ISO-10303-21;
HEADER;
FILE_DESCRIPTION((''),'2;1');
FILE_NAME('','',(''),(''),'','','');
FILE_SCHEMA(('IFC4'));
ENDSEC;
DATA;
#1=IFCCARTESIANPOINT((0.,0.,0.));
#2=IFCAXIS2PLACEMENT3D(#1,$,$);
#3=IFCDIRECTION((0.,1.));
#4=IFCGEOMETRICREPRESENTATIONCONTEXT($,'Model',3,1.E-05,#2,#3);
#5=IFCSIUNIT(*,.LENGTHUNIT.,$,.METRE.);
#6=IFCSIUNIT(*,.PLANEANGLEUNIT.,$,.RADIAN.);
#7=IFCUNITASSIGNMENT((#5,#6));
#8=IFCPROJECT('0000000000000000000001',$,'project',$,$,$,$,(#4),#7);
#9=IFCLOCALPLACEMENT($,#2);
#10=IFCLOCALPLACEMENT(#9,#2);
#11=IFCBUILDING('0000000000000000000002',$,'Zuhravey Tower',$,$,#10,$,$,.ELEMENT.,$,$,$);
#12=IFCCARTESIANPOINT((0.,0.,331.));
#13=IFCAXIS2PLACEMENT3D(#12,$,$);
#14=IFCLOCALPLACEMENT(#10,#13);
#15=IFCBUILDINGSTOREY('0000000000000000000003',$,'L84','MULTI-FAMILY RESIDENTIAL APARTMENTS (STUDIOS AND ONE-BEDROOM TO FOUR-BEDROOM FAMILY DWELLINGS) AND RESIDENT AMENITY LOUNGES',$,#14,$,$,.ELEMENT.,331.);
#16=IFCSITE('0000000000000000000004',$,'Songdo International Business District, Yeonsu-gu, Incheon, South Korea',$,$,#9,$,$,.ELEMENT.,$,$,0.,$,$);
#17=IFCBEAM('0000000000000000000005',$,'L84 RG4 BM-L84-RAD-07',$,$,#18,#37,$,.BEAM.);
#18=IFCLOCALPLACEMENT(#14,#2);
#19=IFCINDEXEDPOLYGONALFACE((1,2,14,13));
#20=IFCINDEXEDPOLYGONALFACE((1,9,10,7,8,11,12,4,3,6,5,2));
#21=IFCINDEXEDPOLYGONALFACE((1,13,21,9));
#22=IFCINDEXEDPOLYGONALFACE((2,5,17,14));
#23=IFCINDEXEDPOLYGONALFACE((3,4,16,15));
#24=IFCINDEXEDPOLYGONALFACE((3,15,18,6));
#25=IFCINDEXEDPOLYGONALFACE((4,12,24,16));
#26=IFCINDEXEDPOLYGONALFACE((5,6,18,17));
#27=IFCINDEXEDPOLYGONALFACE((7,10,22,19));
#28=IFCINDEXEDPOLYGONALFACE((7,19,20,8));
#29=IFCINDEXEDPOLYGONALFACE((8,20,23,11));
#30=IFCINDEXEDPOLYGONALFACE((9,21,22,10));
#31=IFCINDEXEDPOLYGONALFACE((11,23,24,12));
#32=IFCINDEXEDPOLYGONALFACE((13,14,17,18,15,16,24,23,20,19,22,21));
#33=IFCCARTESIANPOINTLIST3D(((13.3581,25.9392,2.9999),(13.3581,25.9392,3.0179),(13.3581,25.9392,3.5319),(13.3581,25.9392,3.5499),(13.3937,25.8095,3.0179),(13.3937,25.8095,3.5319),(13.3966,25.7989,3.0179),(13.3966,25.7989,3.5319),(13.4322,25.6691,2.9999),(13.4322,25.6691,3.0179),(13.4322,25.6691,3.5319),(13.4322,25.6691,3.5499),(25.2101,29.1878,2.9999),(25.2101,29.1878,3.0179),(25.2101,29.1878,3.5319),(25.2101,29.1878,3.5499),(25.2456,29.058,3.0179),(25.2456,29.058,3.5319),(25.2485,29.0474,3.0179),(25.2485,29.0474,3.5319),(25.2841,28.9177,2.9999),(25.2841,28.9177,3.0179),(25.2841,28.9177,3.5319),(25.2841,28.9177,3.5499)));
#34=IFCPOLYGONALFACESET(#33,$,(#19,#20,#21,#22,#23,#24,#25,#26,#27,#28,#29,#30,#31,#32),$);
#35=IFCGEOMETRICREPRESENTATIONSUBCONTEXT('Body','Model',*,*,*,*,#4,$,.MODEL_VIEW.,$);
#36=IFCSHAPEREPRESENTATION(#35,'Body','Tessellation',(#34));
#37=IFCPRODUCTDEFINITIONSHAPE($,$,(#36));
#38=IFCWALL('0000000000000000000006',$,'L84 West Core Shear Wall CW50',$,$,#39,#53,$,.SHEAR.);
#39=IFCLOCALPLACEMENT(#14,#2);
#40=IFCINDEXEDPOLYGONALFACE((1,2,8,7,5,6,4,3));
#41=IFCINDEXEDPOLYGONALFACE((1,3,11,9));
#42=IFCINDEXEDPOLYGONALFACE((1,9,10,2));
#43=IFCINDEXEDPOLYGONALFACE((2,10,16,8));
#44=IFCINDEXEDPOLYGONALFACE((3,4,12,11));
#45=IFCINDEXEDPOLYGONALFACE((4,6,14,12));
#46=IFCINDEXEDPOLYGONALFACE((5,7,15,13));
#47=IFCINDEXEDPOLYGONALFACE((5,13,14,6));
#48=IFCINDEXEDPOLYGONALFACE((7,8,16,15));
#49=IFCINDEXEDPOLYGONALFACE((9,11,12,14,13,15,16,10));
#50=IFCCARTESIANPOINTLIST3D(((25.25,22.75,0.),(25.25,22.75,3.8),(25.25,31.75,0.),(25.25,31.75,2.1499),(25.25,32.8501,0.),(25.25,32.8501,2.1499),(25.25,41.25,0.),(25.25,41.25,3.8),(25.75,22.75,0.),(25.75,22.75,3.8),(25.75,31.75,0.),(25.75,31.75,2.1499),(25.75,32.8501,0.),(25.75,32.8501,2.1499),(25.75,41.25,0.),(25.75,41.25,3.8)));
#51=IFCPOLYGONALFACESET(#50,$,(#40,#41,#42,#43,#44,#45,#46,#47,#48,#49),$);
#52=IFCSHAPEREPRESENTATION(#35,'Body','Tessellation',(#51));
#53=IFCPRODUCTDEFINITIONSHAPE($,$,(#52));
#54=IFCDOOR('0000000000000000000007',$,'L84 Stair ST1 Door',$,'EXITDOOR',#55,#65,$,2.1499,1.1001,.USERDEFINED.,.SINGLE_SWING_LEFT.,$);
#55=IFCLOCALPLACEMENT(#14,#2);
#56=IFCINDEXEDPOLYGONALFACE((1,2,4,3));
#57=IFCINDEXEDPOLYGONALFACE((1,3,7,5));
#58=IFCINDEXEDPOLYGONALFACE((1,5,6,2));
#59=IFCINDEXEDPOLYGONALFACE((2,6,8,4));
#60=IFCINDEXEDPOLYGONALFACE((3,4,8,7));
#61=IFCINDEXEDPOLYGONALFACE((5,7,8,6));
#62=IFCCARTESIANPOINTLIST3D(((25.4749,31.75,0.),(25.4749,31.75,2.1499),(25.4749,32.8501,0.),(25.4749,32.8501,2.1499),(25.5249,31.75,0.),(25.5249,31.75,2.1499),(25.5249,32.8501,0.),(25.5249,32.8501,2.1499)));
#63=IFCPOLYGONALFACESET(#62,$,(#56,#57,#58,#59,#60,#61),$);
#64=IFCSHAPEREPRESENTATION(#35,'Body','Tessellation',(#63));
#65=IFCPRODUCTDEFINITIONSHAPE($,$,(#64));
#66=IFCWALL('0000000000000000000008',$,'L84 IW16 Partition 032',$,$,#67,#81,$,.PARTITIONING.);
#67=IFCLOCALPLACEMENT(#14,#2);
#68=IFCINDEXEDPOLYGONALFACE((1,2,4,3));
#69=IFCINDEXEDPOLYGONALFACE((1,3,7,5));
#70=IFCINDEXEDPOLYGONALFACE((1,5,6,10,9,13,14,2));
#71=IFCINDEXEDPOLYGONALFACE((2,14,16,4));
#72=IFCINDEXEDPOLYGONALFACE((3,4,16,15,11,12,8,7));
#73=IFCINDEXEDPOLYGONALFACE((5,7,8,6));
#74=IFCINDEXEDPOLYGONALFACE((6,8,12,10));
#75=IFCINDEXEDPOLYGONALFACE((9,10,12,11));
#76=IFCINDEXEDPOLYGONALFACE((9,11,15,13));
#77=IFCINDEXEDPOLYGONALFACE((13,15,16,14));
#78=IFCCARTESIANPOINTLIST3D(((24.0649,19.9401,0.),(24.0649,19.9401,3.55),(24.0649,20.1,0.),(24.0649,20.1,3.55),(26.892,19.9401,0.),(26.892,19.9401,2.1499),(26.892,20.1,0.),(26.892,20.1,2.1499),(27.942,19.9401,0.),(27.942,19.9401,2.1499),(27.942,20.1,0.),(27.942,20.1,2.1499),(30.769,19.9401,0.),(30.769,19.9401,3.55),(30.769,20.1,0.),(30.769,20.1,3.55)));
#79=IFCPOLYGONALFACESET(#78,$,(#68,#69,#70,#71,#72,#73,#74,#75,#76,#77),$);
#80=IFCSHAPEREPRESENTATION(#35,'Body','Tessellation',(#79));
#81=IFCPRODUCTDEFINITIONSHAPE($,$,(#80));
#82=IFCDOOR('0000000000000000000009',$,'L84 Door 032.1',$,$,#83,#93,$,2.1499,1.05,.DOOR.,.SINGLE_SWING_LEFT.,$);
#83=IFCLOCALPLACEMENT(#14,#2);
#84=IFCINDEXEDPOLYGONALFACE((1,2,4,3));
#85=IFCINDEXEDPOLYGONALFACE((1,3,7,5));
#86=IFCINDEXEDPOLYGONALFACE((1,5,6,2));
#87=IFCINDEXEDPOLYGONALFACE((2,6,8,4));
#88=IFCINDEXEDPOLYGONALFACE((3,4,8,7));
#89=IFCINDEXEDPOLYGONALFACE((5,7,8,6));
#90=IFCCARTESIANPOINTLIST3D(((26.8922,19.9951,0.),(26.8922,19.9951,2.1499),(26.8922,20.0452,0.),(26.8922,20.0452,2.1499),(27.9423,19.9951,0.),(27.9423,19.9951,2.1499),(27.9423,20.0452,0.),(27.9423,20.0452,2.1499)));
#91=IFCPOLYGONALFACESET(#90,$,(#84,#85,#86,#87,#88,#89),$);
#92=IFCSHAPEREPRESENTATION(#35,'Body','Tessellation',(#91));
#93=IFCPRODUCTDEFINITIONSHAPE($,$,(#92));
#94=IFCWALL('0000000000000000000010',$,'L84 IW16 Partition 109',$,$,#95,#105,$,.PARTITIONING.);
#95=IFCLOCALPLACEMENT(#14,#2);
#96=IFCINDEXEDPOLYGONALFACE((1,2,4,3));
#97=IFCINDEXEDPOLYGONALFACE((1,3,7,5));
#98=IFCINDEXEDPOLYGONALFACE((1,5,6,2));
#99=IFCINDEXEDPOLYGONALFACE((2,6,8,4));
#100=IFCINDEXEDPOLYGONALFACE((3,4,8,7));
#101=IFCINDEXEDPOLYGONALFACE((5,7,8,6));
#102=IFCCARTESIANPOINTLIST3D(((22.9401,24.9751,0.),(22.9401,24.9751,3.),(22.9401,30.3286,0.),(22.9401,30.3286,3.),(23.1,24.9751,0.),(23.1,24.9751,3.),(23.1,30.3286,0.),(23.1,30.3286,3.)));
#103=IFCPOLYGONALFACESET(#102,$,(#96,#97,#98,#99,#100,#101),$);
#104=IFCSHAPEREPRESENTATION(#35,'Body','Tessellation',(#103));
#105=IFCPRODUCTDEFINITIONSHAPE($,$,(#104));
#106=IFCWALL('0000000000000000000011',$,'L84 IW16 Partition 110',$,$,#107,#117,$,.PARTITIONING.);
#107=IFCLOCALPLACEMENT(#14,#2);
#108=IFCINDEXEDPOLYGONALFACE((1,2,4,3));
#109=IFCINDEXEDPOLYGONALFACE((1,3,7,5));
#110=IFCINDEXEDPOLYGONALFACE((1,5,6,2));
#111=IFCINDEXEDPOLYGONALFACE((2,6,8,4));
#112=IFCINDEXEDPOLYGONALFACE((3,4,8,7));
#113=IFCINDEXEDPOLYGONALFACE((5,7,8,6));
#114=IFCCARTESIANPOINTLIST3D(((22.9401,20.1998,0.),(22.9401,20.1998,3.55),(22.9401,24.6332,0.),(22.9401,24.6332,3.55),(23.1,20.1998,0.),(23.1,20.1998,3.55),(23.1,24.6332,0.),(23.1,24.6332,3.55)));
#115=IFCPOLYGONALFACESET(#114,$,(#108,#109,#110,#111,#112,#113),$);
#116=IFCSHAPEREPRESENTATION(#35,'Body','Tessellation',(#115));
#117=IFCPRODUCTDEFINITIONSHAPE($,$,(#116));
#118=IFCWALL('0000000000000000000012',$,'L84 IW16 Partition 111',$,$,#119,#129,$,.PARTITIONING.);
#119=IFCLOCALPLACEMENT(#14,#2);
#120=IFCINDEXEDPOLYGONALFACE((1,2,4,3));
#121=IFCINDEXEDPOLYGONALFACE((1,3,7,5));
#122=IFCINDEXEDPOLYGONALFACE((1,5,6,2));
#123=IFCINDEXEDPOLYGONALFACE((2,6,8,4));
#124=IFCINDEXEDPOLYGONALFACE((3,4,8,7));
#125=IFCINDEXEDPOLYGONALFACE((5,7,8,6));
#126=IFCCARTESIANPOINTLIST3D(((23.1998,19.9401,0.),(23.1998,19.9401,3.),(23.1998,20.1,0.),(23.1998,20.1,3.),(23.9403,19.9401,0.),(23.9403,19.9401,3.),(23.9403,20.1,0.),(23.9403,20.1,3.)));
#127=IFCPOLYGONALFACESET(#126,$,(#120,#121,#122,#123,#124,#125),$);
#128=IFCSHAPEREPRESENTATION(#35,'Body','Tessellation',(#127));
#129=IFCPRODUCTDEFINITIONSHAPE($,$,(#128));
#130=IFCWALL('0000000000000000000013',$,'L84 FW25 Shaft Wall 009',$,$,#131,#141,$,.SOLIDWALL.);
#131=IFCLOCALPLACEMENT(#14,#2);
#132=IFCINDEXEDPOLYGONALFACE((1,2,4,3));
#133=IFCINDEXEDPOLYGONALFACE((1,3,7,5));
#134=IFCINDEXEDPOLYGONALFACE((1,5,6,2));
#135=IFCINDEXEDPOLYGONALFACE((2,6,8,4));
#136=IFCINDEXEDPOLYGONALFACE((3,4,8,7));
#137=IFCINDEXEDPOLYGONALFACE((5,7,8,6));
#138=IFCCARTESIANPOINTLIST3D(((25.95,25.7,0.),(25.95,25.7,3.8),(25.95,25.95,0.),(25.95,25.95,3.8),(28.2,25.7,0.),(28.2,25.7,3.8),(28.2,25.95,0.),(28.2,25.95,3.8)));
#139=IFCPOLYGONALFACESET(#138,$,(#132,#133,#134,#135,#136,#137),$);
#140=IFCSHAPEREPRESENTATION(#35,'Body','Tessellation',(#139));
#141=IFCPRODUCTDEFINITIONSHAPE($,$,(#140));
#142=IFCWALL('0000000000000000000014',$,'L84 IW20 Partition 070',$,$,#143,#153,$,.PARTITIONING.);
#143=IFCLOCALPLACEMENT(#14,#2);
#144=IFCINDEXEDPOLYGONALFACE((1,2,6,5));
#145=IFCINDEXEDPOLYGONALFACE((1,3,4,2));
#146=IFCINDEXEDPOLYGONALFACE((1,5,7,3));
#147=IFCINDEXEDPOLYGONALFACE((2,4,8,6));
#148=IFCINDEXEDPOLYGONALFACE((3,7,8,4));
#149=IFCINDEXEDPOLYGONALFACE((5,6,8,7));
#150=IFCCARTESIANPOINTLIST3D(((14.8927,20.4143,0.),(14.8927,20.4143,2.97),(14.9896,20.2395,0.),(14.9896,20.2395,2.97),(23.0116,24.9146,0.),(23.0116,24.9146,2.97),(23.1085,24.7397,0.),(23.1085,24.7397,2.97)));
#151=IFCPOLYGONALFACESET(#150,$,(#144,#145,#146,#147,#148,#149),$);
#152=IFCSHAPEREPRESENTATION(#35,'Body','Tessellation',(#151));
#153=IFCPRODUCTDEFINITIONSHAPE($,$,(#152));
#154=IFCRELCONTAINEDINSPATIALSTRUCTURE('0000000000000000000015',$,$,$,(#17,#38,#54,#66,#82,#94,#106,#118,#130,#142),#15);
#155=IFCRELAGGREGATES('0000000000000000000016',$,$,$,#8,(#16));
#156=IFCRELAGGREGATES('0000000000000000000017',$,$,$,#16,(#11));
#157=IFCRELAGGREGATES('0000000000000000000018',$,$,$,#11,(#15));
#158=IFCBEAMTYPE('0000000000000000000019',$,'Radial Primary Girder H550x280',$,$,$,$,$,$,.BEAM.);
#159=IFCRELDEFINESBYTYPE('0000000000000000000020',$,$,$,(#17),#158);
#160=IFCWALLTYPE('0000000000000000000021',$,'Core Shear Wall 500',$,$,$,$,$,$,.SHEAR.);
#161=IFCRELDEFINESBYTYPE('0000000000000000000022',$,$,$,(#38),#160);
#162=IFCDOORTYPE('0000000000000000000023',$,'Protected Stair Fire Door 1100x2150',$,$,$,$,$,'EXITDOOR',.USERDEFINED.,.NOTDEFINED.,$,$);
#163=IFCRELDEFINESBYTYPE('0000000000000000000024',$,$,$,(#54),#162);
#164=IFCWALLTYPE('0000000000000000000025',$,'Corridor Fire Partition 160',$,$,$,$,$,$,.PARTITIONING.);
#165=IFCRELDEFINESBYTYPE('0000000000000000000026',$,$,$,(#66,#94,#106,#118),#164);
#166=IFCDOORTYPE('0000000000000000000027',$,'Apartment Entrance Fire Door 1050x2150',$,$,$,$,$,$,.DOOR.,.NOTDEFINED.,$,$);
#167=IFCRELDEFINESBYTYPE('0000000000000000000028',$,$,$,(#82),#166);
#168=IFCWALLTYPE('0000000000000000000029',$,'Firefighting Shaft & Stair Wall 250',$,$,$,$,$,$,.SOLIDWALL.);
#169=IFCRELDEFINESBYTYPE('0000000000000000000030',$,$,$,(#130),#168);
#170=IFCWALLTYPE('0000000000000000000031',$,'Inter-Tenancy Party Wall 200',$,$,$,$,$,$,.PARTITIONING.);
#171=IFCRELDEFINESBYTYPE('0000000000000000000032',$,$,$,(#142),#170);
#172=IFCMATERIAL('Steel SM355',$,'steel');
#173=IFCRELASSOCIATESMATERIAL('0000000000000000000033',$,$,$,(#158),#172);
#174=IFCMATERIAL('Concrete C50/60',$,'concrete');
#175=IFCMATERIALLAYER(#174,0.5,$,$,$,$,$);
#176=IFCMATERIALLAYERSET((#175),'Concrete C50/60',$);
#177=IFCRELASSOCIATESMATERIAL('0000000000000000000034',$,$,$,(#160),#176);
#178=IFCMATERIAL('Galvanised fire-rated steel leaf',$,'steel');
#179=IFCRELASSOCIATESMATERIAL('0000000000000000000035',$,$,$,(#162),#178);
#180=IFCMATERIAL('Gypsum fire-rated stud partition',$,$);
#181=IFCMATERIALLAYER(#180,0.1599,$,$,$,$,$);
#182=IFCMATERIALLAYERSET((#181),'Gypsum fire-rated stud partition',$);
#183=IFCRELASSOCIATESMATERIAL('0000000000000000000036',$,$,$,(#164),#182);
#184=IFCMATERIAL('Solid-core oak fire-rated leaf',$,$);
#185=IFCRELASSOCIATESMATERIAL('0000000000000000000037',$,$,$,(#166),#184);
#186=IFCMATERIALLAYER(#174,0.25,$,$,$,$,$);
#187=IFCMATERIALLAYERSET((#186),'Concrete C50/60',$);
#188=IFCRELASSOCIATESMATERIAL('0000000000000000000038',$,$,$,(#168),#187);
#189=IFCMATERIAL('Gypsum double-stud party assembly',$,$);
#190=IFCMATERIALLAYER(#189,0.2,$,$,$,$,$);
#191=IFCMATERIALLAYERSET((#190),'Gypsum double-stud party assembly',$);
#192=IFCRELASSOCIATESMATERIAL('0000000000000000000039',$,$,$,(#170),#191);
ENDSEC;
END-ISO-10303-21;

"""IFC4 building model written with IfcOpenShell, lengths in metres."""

from ifc_helpers import new_model, si_unit, direction, frame, frame_2d, origin, origin_2d, place, context, subcontext, project, spatial, rectangle, i_section, extrude, material, layer, layer_set, material_profile, profile_set, type_object, element, fill, save


model = new_model("IFC4")

# Units and contexts
model_context = context("Model", 3, precision=1e-05, world=origin(), true_north=direction((0.0, 1.0)))
body_context = subcontext(model_context, "Body", "Model", "MODEL_VIEW")
ifc_project = project(units=[si_unit("LENGTHUNIT", "METRE"), si_unit("PLANEANGLEUNIT", "RADIAN")], contexts=[model_context])

# Site, building, storey
site_placement = place(None, origin())
site = spatial("IfcSite", under=ifc_project, at=site_placement, Name="Songdo International Business District, Yeonsu-gu, Incheon, South Korea", CompositionType="ELEMENT", RefElevation=0.0)
building_placement = place(site_placement, origin())
building = spatial("IfcBuilding", under=site, at=building_placement, Name="Zuhravey Tower", CompositionType="ELEMENT")
storey_placement = place(building_placement, frame((0.0, 0.0, 331.0)))
storey = spatial("IfcBuildingStorey", under=building, at=storey_placement, Name="L84", Description="MULTI-FAMILY RESIDENTIAL APARTMENTS (STUDIOS AND ONE-BEDROOM TO FOUR-BEDROOM FAMILY DWELLINGS) AND RESIDENT AMENITY LOUNGES", CompositionType="ELEMENT", Elevation=331.0)

# Beam
ifc_material_1 = material(Name="Steel SM355", Category="steel")
ifc_material_profile = material_profile(ifc_material_1, i_section(OverallWidth=0.28, OverallDepth=0.55, WebThickness=0.011, FlangeThickness=0.0181, at=origin_2d()), Name="H-550x280x11x18")
ifc_profile_set = profile_set([ifc_material_profile], Name="Steel SM355")
beam_type = type_object("IfcBeamType", Name="Radial Primary Girder H550x280", PredefinedType="BEAM", material=ifc_profile_set)
beam_placement = place(storey_placement, frame((25.2471, 29.0527, 3.2749), z_axis=(-0.964428, -0.264346, 0.0), x_axis=(0.264346, -0.964428, 0.0)))
element("IfcBeam", 1, at=beam_placement, inside=storey, type_object=beam_type, Name="L84 RG4 BM-L84-RAD-07", PredefinedType="BEAM", context=body_context, shape_type="SweptSolid", body=[
    extrude(i_section(OverallWidth=0.28, OverallDepth=0.55, WebThickness=0.011, FlangeThickness=0.0181, at=origin_2d()), origin(), (0.0, 0.0, 1.0), 12.2891),
])

# Walls, openings, doors
ifc_material_2 = material(Name="Concrete C50/60", Category="concrete")
ifc_layer_1 = layer(ifc_material_2, 0.5)
ifc_layer_set_1 = layer_set([ifc_layer_1], Name="Concrete C50/60")
wall_type_1 = type_object("IfcWallType", Name="Core Shear Wall 500", PredefinedType="SHEAR", material=ifc_layer_set_1)
ifc_material_3 = material(Name="Galvanised fire-rated steel leaf", Category="steel")
wall_1_placement = place(storey_placement, frame((25.5, 22.75, 0.0), z_axis=(0.0, 0.0, 1.0), x_axis=(0.0, 1.0, 0.0)))
wall_1 = element("IfcWall", 2, at=wall_1_placement, inside=storey, type_object=wall_type_1, Name="L84 West Core Shear Wall CW50", PredefinedType="SHEAR", context=body_context, shape_type="SweptSolid", body=[
    extrude(rectangle(XDim=18.5, YDim=0.5, at=frame_2d((9.25, 0.0))), origin(), (0.0, 0.0, 1.0), 3.8),
])
opening_1_placement = place(wall_1_placement, frame((9.0, 0.0, 0.0)))
opening_1 = element("IfcOpeningElement", 3, at=opening_1_placement, cuts=wall_1, PredefinedType="OPENING", context=body_context, shape_type="SweptSolid", body=[
    extrude(rectangle(XDim=1.1001, YDim=2.1499, at=frame_2d((0.55, 1.075))), frame((0.0, 0.262, 0.0), z_axis=(0.0, -1.0, 0.0), x_axis=(1.0, 0.0, 0.0)), (0.0, 0.0, 1.0), 0.5239),
])
door_type_1 = type_object("IfcDoorType", Name="Protected Stair Fire Door 1100x2150", ElementType="EXITDOOR", OperationType="NOTDEFINED", PredefinedType="USERDEFINED", material=ifc_material_3)
door_1_placement = place(opening_1_placement, frame((1.1001, 0.0, 0.0), z_axis=(0.0, 0.0, 1.0), x_axis=(-1.0, 0.0, 0.0)))
door_1 = element("IfcDoor", 4, at=door_1_placement, inside=storey, type_object=door_type_1, Name="L84 Stair ST1 Door", ObjectType="EXITDOOR", OperationType="SINGLE_SWING_LEFT", OverallHeight=2.1499, OverallWidth=1.1001, PredefinedType="USERDEFINED", context=body_context, shape_type="SweptSolid", body=[
    extrude(rectangle(XDim=1.1001, YDim=2.1499, at=frame_2d((0.55, 1.075))), frame((0.0, 0.0249, 0.0), z_axis=(0.0, -1.0, 0.0), x_axis=(1.0, 0.0, 0.0)), (0.0, 0.0, 1.0), 0.05),
])
fill(opening_1, door_1)
ifc_material_4 = material(Name="Gypsum fire-rated stud partition")
ifc_layer_2 = layer(ifc_material_4, 0.1599)
ifc_layer_set_2 = layer_set([ifc_layer_2], Name="Gypsum fire-rated stud partition")
wall_type_2 = type_object("IfcWallType", Name="Corridor Fire Partition 160", PredefinedType="PARTITIONING", material=ifc_layer_set_2)
wall_2_placement = place(storey_placement, frame((24.0649, 20.02, 0.0), z_axis=(0.0, 0.0, 1.0), x_axis=(1.0, 0.0, 0.0)))
wall_2 = element("IfcWall", 5, at=wall_2_placement, inside=storey, type_object=wall_type_2, Name="L84 IW16 Partition 032", PredefinedType="PARTITIONING", context=body_context, shape_type="SweptSolid", body=[
    extrude(rectangle(XDim=6.7041, YDim=0.1599, at=frame_2d((3.3521, 0.0))), origin(), (0.0, 0.0, 1.0), 3.55),
])
opening_2_placement = place(wall_2_placement, frame((2.8271, 0.0, 0.0)))
opening_2 = element("IfcOpeningElement", 6, at=opening_2_placement, cuts=wall_2, PredefinedType="OPENING", context=body_context, shape_type="SweptSolid", body=[
    extrude(rectangle(XDim=1.05, YDim=2.1499, at=frame_2d((0.5249, 1.075))), frame((0.0, 0.092, 0.0), z_axis=(0.0, -1.0, 0.0), x_axis=(1.0, 0.0, 0.0)), (0.0, 0.0, 1.0), 0.1838),
])
ifc_material_5 = material(Name="Solid-core oak fire-rated leaf")
door_type_2 = type_object("IfcDoorType", Name="Apartment Entrance Fire Door 1050x2150", OperationType="NOTDEFINED", PredefinedType="DOOR", material=ifc_material_5)
door_2_placement = place(opening_2_placement, frame((1.05, 0.0, 0.0), z_axis=(0.0, 0.0, 1.0), x_axis=(-1.0, 0.0, 0.0)))
door_2 = element("IfcDoor", 7, at=door_2_placement, inside=storey, type_object=door_type_2, Name="L84 Door 032.1", OperationType="SINGLE_SWING_LEFT", OverallHeight=2.1499, OverallWidth=1.05, PredefinedType="DOOR", context=body_context, shape_type="SweptSolid", body=[
    extrude(rectangle(XDim=1.05, YDim=2.1499, at=frame_2d((0.5249, 1.075))), frame((0.0, 0.0249, 0.0), z_axis=(0.0, -1.0, 0.0), x_axis=(1.0, 0.0, 0.0)), (0.0, 0.0, 1.0), 0.05),
])
fill(opening_2, door_2)

# Walls
wall_3_placement = place(storey_placement, frame((23.02, 30.3286, 0.0), z_axis=(0.0, 0.0, 1.0), x_axis=(0.0, -1.0, 0.0)))
element("IfcWall", 8, at=wall_3_placement, inside=storey, type_object=wall_type_2, Name="L84 IW16 Partition 109", PredefinedType="PARTITIONING", context=body_context, shape_type="SweptSolid", body=[
    extrude(rectangle(XDim=5.3535, YDim=0.1599, at=frame_2d((2.6768, 0.0))), origin(), (0.0, 0.0, 1.0), 3.0),
])
wall_4_placement = place(storey_placement, frame((23.02, 24.6333, 0.0), z_axis=(0.0, 0.0, 1.0), x_axis=(0.0, -1.0, 0.0)))
element("IfcWall", 9, at=wall_4_placement, inside=storey, type_object=wall_type_2, Name="L84 IW16 Partition 110", PredefinedType="PARTITIONING", context=body_context, shape_type="SweptSolid", body=[
    extrude(rectangle(XDim=4.4333, YDim=0.1599, at=frame_2d((2.2168, 0.0))), origin(), (0.0, 0.0, 1.0), 3.55),
])
wall_5_placement = place(storey_placement, frame((23.2, 20.02, 0.0), z_axis=(0.0, 0.0, 1.0), x_axis=(1.0, 0.0, 0.0)))
element("IfcWall", 10, at=wall_5_placement, inside=storey, type_object=wall_type_2, Name="L84 IW16 Partition 111", PredefinedType="PARTITIONING", context=body_context, shape_type="SweptSolid", body=[
    extrude(rectangle(XDim=0.7405, YDim=0.1599, at=frame_2d((0.3701, 0.0))), origin(), (0.0, 0.0, 1.0), 3.0),
])
ifc_layer_3 = layer(ifc_material_2, 0.25)
ifc_layer_set_3 = layer_set([ifc_layer_3], Name="Concrete C50/60")
wall_type_3 = type_object("IfcWallType", Name="Firefighting Shaft & Stair Wall 250", PredefinedType="SOLIDWALL", material=ifc_layer_set_3)
wall_6_placement = place(storey_placement, frame((25.95, 25.825, 0.0), z_axis=(0.0, 0.0, 1.0), x_axis=(1.0, 0.0, 0.0)))
element("IfcWall", 11, at=wall_6_placement, inside=storey, type_object=wall_type_3, Name="L84 FW25 Shaft Wall 009", PredefinedType="SOLIDWALL", context=body_context, shape_type="SweptSolid", body=[
    extrude(rectangle(XDim=2.25, YDim=0.25, at=frame_2d((1.125, 0.0))), origin(), (0.0, 0.0, 1.0), 3.8),
])
ifc_material_6 = material(Name="Gypsum double-stud party assembly")
ifc_layer_4 = layer(ifc_material_6, 0.2)
ifc_layer_set_4 = layer_set([ifc_layer_4], Name="Gypsum double-stud party assembly")
wall_type_4 = type_object("IfcWallType", Name="Inter-Tenancy Party Wall 200", PredefinedType="PARTITIONING", material=ifc_layer_set_4)
wall_7_placement = place(storey_placement, frame((23.0601, 24.8271, 0.0), z_axis=(0.0, 0.0, 1.0), x_axis=(-0.874626, -0.484799, 0.0)))
element("IfcWall", 12, at=wall_7_placement, inside=storey, type_object=wall_type_4, Name="L84 IW20 Partition 070", PredefinedType="PARTITIONING", context=body_context, shape_type="SweptSolid", body=[
    extrude(rectangle(XDim=9.2827, YDim=0.2, at=frame_2d((4.6414, 0.0))), origin(), (0.0, 0.0, 1.0), 2.97),
])

save(model, "model.ifc")
